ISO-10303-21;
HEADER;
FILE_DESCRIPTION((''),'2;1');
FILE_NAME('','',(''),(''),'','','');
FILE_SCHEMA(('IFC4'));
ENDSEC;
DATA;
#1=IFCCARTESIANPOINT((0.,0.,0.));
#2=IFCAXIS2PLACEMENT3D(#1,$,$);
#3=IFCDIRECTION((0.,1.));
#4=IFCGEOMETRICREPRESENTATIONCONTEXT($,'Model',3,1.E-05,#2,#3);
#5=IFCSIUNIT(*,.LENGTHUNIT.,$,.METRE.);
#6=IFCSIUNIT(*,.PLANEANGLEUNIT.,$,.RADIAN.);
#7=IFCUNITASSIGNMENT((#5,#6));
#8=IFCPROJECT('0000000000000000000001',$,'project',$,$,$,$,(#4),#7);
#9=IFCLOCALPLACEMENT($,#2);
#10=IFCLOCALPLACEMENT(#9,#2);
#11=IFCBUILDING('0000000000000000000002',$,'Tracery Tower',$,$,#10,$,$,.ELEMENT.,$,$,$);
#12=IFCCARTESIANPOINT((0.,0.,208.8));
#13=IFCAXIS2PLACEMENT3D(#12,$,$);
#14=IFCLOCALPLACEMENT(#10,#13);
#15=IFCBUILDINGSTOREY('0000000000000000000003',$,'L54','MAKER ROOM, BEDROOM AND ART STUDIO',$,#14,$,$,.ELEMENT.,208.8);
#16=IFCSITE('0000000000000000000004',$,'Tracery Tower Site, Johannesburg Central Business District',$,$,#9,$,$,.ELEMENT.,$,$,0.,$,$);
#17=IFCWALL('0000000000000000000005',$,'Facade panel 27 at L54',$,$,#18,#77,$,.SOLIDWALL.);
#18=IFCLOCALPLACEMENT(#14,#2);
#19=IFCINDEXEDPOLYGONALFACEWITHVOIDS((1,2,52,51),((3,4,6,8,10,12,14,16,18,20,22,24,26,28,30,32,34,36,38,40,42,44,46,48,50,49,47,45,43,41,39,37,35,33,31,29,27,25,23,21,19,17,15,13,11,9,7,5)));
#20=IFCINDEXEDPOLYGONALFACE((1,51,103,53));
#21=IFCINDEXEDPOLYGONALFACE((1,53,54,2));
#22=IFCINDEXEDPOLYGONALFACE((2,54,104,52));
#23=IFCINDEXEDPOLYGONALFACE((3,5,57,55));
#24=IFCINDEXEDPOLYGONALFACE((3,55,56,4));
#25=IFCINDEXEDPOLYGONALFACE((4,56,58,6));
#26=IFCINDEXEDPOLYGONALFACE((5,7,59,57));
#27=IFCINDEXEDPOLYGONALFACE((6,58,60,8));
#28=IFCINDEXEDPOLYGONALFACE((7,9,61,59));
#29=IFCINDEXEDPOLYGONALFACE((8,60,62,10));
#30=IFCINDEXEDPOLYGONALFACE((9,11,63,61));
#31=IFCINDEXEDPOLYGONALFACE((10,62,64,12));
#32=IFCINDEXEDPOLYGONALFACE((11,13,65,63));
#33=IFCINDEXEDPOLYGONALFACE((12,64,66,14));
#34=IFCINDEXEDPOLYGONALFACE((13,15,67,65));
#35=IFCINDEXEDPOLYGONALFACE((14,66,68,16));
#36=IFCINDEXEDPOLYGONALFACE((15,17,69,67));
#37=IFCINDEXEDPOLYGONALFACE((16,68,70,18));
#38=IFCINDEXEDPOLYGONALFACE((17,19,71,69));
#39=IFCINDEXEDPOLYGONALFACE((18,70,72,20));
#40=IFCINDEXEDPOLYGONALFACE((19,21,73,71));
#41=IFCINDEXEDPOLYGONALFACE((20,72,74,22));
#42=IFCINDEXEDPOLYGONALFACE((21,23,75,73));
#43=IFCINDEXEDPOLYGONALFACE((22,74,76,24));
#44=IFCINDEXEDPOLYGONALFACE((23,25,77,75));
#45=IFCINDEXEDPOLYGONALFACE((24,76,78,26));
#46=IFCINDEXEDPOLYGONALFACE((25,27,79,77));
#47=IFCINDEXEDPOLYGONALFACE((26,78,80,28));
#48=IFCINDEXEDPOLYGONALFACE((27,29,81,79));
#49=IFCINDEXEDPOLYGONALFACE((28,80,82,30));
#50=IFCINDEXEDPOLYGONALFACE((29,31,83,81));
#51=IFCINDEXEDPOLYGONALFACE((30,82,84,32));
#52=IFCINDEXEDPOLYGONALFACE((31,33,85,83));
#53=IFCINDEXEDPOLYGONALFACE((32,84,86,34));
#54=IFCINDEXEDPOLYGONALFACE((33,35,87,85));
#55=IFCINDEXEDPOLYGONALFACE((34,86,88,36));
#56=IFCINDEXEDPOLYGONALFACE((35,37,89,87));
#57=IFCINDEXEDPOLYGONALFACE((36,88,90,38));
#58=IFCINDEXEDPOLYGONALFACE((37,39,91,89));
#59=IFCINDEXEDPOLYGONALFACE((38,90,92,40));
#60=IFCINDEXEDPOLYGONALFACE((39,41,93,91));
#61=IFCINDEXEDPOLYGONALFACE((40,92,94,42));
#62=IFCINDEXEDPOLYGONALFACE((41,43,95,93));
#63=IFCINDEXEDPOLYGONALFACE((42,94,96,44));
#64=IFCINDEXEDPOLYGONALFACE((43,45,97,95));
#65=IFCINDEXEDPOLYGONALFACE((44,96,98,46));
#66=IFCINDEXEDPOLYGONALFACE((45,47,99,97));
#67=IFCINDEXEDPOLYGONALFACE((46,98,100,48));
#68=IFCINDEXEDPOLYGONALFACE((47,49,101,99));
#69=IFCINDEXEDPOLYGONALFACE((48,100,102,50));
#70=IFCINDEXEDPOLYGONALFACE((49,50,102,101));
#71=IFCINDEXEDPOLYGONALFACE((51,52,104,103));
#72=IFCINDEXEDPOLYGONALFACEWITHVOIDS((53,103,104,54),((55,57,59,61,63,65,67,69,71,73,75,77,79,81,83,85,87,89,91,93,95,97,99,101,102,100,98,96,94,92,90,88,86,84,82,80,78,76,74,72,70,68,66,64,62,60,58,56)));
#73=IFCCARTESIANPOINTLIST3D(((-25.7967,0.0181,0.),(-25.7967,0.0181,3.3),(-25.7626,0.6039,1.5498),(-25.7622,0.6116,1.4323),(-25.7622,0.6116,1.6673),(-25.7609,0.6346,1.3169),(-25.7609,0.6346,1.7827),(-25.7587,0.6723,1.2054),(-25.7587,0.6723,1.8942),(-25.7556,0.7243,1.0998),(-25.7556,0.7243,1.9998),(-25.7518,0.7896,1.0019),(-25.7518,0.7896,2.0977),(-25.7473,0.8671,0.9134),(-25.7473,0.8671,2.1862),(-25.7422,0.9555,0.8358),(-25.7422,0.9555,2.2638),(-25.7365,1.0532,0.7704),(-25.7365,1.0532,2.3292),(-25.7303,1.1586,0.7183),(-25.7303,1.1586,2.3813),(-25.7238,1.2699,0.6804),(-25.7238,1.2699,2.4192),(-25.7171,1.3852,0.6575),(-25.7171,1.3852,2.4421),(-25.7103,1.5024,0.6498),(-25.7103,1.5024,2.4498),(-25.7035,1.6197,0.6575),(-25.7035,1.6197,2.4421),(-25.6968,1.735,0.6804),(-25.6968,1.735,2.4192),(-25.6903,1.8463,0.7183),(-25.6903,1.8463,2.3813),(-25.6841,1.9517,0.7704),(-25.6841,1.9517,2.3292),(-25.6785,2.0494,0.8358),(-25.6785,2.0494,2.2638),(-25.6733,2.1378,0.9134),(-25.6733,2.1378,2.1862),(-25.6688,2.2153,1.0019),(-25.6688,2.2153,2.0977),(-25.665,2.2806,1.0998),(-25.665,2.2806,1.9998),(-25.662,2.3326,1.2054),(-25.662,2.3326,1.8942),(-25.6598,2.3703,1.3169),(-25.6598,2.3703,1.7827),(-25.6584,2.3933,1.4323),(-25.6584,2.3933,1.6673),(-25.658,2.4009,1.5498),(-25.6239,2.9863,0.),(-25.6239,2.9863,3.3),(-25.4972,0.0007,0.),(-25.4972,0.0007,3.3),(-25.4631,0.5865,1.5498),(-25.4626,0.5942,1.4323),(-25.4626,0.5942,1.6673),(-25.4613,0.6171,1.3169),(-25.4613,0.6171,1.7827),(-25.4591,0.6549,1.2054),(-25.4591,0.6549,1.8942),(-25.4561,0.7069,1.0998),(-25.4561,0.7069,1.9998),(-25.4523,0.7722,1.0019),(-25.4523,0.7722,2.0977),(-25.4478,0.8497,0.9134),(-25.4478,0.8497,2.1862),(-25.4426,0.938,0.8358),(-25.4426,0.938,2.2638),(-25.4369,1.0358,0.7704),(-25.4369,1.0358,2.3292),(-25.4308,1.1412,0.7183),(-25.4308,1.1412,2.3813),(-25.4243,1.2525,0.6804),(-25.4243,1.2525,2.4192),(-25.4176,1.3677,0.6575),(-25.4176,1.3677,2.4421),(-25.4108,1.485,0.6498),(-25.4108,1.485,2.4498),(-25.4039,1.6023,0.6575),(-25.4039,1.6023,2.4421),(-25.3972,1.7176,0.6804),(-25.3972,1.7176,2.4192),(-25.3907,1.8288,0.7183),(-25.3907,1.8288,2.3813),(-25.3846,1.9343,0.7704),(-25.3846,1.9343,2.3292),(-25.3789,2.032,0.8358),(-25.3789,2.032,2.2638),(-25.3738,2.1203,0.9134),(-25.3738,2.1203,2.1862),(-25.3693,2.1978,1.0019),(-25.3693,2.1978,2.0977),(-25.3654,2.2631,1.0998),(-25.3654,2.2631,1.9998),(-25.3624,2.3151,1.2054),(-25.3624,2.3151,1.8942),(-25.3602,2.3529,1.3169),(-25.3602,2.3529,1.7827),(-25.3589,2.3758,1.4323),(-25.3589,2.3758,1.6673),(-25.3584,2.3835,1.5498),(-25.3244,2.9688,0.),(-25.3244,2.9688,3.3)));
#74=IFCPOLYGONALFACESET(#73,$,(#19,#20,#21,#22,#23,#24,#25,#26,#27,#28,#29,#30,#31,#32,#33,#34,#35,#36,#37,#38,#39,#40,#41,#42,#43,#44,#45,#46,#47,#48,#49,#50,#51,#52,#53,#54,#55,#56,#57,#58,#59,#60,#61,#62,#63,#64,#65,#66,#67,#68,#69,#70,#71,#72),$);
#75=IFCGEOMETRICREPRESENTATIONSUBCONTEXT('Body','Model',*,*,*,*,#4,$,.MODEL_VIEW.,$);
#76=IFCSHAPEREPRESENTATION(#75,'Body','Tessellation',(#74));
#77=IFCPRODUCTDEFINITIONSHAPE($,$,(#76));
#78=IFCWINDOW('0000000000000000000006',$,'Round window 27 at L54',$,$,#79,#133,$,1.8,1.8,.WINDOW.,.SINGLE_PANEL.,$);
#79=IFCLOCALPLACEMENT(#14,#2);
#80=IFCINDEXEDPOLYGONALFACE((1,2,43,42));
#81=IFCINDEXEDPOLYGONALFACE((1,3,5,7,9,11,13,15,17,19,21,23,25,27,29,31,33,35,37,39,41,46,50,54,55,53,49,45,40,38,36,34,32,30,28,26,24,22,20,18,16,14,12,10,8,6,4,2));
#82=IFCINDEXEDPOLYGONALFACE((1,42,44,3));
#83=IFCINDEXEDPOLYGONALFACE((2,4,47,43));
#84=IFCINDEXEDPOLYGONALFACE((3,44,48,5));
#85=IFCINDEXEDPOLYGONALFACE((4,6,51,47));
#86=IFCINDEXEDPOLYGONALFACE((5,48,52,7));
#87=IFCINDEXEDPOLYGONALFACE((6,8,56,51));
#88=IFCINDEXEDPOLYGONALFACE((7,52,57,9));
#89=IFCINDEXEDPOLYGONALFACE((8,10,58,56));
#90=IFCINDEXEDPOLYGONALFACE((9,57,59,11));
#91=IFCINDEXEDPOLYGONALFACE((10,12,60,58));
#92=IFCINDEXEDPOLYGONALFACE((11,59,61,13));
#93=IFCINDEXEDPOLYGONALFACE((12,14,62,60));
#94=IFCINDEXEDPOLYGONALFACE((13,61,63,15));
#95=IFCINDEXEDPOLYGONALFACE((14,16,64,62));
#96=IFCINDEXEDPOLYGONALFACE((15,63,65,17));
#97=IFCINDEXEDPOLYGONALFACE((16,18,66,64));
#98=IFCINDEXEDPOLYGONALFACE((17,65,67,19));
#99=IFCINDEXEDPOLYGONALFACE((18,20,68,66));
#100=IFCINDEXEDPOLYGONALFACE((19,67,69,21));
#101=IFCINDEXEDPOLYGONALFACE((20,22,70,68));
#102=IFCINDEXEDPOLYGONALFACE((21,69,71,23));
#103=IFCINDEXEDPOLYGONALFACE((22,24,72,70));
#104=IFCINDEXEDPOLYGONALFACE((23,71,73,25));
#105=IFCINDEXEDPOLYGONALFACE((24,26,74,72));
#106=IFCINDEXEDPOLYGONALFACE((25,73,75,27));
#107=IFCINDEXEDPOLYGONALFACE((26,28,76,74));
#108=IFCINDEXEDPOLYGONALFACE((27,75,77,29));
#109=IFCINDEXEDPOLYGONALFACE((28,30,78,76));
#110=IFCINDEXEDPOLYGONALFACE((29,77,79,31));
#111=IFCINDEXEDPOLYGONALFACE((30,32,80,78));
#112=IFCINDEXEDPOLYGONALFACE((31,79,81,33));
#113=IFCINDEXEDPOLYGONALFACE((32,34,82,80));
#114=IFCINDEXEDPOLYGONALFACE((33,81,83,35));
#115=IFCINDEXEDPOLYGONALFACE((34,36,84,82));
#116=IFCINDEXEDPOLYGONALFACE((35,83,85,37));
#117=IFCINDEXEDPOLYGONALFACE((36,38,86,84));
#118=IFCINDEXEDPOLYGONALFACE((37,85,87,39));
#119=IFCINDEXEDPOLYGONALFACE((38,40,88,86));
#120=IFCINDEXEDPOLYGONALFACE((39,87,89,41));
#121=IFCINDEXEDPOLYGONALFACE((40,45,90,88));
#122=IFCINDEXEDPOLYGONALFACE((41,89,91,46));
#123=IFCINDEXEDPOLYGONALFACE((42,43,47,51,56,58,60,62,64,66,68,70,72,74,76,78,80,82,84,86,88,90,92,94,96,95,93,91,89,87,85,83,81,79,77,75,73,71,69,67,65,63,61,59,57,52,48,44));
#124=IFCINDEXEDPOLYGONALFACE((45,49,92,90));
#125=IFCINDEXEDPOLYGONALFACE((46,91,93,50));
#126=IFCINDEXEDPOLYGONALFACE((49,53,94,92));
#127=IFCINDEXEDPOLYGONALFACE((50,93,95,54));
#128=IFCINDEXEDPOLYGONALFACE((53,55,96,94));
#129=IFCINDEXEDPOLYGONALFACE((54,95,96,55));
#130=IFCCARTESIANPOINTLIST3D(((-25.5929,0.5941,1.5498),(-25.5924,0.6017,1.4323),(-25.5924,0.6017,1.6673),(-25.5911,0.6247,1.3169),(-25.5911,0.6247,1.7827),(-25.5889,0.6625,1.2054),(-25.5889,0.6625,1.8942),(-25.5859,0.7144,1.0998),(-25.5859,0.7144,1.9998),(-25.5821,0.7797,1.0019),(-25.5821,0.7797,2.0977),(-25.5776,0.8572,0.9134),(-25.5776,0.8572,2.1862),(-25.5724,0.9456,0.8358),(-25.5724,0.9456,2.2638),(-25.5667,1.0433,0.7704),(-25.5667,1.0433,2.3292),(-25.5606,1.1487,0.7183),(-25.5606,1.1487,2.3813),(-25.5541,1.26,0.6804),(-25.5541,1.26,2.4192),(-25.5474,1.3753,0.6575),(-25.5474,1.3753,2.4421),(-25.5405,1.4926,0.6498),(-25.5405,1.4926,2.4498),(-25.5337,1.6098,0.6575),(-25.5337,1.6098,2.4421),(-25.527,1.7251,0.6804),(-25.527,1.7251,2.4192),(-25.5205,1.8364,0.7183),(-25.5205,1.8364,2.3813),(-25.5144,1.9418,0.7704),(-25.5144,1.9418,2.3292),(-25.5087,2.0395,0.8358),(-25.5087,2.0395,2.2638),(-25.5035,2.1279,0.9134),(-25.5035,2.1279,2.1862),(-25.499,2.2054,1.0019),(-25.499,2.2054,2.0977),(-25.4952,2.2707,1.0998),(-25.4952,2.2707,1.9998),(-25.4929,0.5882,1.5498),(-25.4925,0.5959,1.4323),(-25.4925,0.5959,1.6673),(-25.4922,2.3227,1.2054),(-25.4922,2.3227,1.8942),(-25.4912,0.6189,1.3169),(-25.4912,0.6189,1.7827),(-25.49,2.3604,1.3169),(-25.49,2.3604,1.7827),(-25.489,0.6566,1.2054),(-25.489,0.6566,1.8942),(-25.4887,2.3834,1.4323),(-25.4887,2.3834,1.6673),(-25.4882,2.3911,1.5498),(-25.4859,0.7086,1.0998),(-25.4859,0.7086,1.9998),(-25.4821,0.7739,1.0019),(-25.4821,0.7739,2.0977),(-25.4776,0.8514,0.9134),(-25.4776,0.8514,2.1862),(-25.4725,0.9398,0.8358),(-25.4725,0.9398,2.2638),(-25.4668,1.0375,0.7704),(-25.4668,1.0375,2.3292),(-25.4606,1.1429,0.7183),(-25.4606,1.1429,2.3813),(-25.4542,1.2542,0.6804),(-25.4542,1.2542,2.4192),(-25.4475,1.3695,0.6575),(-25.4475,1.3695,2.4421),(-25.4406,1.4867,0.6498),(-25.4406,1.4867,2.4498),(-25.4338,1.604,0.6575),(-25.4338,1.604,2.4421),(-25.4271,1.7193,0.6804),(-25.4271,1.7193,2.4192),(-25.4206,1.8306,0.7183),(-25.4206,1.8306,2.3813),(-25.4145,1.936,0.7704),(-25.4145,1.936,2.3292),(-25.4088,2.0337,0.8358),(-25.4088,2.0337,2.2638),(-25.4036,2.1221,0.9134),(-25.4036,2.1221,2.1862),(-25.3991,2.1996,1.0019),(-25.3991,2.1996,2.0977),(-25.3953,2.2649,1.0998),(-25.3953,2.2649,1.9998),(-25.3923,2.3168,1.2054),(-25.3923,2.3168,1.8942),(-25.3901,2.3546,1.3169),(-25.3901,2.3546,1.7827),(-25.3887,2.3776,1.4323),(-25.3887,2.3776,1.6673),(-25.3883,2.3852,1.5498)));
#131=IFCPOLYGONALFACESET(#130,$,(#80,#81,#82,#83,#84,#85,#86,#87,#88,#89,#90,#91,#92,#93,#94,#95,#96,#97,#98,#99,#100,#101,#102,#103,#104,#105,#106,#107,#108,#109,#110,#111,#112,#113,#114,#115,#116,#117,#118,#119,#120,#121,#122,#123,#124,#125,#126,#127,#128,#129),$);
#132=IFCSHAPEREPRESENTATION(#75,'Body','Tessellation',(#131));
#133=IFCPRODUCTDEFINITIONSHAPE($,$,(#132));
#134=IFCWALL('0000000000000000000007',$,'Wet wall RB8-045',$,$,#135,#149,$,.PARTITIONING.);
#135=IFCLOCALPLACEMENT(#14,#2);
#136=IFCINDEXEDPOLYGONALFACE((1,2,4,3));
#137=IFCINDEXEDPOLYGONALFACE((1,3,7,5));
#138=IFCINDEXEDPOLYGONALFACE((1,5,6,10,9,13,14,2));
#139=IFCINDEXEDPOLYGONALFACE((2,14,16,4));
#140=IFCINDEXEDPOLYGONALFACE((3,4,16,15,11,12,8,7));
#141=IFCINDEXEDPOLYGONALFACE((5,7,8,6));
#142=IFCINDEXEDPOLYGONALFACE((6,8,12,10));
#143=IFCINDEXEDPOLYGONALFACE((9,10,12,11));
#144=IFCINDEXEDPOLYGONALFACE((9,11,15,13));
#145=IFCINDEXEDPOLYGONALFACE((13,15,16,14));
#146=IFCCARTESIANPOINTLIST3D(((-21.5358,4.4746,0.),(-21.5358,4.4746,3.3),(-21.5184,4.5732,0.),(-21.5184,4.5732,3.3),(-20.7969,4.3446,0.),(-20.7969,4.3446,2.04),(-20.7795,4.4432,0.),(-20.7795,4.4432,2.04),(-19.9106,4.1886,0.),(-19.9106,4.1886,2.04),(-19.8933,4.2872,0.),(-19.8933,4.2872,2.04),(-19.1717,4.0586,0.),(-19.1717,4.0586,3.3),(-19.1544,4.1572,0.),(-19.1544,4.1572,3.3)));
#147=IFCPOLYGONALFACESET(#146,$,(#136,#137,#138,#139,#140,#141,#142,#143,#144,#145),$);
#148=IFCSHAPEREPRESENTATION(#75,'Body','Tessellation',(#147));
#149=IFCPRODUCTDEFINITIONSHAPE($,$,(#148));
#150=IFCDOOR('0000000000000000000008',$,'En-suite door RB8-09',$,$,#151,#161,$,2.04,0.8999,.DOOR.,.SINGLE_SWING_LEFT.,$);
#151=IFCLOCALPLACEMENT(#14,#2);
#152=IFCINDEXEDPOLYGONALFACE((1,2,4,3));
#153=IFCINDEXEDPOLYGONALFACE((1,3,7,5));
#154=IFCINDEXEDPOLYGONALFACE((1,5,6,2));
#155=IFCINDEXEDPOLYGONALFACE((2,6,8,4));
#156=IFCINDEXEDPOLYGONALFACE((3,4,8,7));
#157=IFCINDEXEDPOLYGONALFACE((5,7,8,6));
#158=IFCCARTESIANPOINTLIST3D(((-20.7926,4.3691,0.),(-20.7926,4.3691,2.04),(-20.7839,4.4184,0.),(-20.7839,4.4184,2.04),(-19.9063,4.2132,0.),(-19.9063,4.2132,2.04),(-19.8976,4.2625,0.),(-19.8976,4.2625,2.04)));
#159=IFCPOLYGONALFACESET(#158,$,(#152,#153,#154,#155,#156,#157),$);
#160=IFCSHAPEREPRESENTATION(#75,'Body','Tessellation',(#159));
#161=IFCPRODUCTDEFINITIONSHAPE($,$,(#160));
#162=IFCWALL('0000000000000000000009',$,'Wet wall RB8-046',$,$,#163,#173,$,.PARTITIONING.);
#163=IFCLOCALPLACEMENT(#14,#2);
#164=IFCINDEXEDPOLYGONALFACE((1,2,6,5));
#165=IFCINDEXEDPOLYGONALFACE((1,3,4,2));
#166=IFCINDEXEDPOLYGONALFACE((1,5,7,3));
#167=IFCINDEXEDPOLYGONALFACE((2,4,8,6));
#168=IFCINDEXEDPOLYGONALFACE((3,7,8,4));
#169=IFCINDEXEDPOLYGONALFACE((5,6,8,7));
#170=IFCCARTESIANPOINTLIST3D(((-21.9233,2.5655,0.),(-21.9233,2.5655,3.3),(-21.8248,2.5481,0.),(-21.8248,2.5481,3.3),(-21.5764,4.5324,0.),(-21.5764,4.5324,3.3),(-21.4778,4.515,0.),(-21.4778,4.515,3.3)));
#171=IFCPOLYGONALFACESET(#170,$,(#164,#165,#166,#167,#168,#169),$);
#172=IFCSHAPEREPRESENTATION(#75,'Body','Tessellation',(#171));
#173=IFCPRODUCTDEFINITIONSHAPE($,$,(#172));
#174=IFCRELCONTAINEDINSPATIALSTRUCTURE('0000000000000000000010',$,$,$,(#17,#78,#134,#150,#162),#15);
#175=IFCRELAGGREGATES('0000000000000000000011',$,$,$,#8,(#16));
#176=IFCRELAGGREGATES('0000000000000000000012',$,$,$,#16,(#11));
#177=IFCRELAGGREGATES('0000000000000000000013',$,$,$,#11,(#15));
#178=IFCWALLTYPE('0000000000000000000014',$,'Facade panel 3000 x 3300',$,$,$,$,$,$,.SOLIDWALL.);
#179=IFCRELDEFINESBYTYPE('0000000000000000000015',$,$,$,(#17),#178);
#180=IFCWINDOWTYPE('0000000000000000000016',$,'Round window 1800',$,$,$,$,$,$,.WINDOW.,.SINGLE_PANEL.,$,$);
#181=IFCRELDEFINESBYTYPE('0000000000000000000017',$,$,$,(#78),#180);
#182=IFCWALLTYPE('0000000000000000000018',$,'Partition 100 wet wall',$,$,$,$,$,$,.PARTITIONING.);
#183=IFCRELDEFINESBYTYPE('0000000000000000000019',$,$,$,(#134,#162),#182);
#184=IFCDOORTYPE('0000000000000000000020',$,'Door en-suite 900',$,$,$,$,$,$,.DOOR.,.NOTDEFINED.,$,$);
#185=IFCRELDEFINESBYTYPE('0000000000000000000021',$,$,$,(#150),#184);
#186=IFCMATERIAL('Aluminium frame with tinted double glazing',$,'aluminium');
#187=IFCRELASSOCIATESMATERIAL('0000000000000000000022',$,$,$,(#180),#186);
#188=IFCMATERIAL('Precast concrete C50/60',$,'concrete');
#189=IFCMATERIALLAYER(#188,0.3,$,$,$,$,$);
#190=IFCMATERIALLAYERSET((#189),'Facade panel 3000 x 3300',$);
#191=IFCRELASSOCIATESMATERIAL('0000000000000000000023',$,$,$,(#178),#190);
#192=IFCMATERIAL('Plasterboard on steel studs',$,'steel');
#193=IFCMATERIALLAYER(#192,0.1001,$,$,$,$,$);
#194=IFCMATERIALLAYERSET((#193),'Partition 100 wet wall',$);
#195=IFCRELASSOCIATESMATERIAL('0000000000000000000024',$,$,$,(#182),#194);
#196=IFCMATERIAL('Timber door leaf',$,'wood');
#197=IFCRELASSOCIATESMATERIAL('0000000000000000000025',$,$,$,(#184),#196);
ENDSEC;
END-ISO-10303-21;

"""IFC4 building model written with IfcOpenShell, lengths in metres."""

from ifc_helpers import new_model, si_unit, direction, frame, frame_2d, origin, origin_2d, place, context, subcontext, project, spatial, rectangle, circle, extrude, material, layer, layer_set, type_object, element, fill, save


model = new_model("IFC4")

# Units and contexts
model_context = context("Model", 3, precision=1e-05, world=origin(), true_north=direction((0.0, 1.0)))
body_context = subcontext(model_context, "Body", "Model", "MODEL_VIEW")
ifc_project = project(units=[si_unit("LENGTHUNIT", "METRE"), si_unit("PLANEANGLEUNIT", "RADIAN")], contexts=[model_context])

# Site, building, storey
site_placement = place(None, origin())
site = spatial("IfcSite", under=ifc_project, at=site_placement, Name="Tracery Tower Site, Johannesburg Central Business District", CompositionType="ELEMENT", RefElevation=0.0)
building_placement = place(site_placement, origin())
building = spatial("IfcBuilding", under=site, at=building_placement, Name="Tracery Tower", CompositionType="ELEMENT")
storey_placement = place(building_placement, frame((0.0, 0.0, 208.8)))
storey = spatial("IfcBuildingStorey", under=building, at=storey_placement, Name="L54", Description="MAKER ROOM, BEDROOM AND ART STUDIO", CompositionType="ELEMENT", Elevation=208.8)

# Wall, opening, window
ifc_material_1 = material(Name="Aluminium frame with tinted double glazing", Category="aluminium")
window_type = type_object("IfcWindowType", Name="Round window 1800", PartitioningType="SINGLE_PANEL", PredefinedType="WINDOW", material=ifc_material_1)
ifc_material_2 = material(Name="Precast concrete C50/60", Category="concrete")
ifc_layer_1 = layer(ifc_material_2, 0.3)
ifc_layer_set_1 = layer_set([ifc_layer_1], Name="Facade panel 3000 x 3300")
wall_type_1 = type_object("IfcWallType", Name="Facade panel 3000 x 3300", PredefinedType="SOLIDWALL", material=ifc_layer_set_1)
wall_1_placement = place(storey_placement, frame((-25.4741, 2.9775, 0.0), z_axis=(0.0, 0.0, 1.0), x_axis=(-0.05814, -0.998308, 0.0)))
wall_1 = element("IfcWall", 1, at=wall_1_placement, inside=storey, type_object=wall_type_1, Name="Facade panel 27 at L54", PredefinedType="SOLIDWALL", context=body_context, shape_type="SweptSolid", body=[
    extrude(rectangle(XDim=2.9731, YDim=0.3, at=frame_2d((1.4866, 0.0))), origin(), (0.0, 0.0, 1.0), 3.3),
])
opening_1_placement = place(wall_1_placement, frame((1.4863, 0.0, 1.5498)))
opening_1 = element("IfcOpeningElement", 2, at=opening_1_placement, cuts=wall_1, PredefinedType="OPENING", context=body_context, shape_type="SweptSolid", body=[
    extrude(circle(Radius=0.9, at=origin_2d()), frame((0.0, 0.1599, 0.0), z_axis=(0.0, -1.0, 0.0), x_axis=(1.0, 0.0, 0.0)), (0.0, 0.0, 1.0), 0.3201),
])
window_1_placement = place(opening_1_placement, origin())
window_1 = element("IfcWindow", 3, at=window_1_placement, inside=storey, type_object=window_type, Name="Round window 27 at L54", OverallHeight=1.8, OverallWidth=1.8, PartitioningType="SINGLE_PANEL", PredefinedType="WINDOW", context=body_context, shape_type="SweptSolid", body=[
    extrude(circle(Radius=0.9, at=origin_2d()), frame((0.0, 0.1201, 0.0), z_axis=(0.0, -1.0, 0.0), x_axis=(1.0, 0.0, 0.0)), (0.0, 0.0, 1.0), 0.1001),
])
fill(opening_1, window_1)

# Wall, opening, door
ifc_material_3 = material(Name="Plasterboard on steel studs", Category="steel")
ifc_layer_2 = layer(ifc_material_3, 0.1001)
ifc_layer_set_2 = layer_set([ifc_layer_2], Name="Partition 100 wet wall")
wall_type_2 = type_object("IfcWallType", Name="Partition 100 wet wall", PredefinedType="PARTITIONING", material=ifc_layer_set_2)
wall_2_placement = place(storey_placement, frame((-21.5271, 4.5239, 0.0), z_axis=(0.0, 0.0, 1.0), x_axis=(0.984866, -0.173315, 0.0)))
wall_2 = element("IfcWall", 4, at=wall_2_placement, inside=storey, type_object=wall_type_2, Name="Wet wall RB8-045", PredefinedType="PARTITIONING", context=body_context, shape_type="SweptSolid", body=[
    extrude(rectangle(XDim=2.4004, YDim=0.1001, at=frame_2d((1.2002, 0.0))), origin(), (0.0, 0.0, 1.0), 3.3),
])
opening_2_placement = place(wall_2_placement, frame((0.7502, 0.0, 0.0)))
opening_2 = element("IfcOpeningElement", 5, at=opening_2_placement, cuts=wall_2, PredefinedType="OPENING", context=body_context, shape_type="SweptSolid", body=[
    extrude(rectangle(XDim=0.8999, YDim=2.04, at=frame_2d((0.45, 1.02))), frame((0.0, 0.05, 0.0), z_axis=(0.0, -1.0, 0.0), x_axis=(1.0, 0.0, 0.0)), (0.0, 0.0, 1.0), 0.1001),
])
ifc_material_4 = material(Name="Timber door leaf", Category="wood")
door_type_1 = type_object("IfcDoorType", Name="Door en-suite 900", OperationType="NOTDEFINED", PredefinedType="DOOR", material=ifc_material_4)
door_1_placement = place(opening_2_placement, origin())
door_1 = element("IfcDoor", 6, at=door_1_placement, inside=storey, type_object=door_type_1, Name="En-suite door RB8-09", OperationType="SINGLE_SWING_LEFT", OverallHeight=2.04, OverallWidth=0.8999, PredefinedType="DOOR", context=body_context, shape_type="SweptSolid", body=[
    extrude(rectangle(XDim=0.8999, YDim=2.04, at=frame_2d((0.45, 1.02))), frame((0.0, 0.0249, 0.0), z_axis=(0.0, -1.0, 0.0), x_axis=(1.0, 0.0, 0.0)), (0.0, 0.0, 1.0), 0.05),
])
fill(opening_2, door_1)

# Wall
wall_3_placement = place(storey_placement, frame((-21.874, 2.5569, 0.0), z_axis=(0.0, 0.0, 1.0), x_axis=(0.173688, 0.984801, 0.0)))
element("IfcWall", 7, at=wall_3_placement, inside=storey, type_object=wall_type_2, Name="Wet wall RB8-046", PredefinedType="PARTITIONING", context=body_context, shape_type="SweptSolid", body=[
    extrude(rectangle(XDim=1.9973, YDim=0.1001, at=frame_2d((0.9985, 0.0))), origin(), (0.0, 0.0, 1.0), 3.3),
])

save(model, "model.ifc")
